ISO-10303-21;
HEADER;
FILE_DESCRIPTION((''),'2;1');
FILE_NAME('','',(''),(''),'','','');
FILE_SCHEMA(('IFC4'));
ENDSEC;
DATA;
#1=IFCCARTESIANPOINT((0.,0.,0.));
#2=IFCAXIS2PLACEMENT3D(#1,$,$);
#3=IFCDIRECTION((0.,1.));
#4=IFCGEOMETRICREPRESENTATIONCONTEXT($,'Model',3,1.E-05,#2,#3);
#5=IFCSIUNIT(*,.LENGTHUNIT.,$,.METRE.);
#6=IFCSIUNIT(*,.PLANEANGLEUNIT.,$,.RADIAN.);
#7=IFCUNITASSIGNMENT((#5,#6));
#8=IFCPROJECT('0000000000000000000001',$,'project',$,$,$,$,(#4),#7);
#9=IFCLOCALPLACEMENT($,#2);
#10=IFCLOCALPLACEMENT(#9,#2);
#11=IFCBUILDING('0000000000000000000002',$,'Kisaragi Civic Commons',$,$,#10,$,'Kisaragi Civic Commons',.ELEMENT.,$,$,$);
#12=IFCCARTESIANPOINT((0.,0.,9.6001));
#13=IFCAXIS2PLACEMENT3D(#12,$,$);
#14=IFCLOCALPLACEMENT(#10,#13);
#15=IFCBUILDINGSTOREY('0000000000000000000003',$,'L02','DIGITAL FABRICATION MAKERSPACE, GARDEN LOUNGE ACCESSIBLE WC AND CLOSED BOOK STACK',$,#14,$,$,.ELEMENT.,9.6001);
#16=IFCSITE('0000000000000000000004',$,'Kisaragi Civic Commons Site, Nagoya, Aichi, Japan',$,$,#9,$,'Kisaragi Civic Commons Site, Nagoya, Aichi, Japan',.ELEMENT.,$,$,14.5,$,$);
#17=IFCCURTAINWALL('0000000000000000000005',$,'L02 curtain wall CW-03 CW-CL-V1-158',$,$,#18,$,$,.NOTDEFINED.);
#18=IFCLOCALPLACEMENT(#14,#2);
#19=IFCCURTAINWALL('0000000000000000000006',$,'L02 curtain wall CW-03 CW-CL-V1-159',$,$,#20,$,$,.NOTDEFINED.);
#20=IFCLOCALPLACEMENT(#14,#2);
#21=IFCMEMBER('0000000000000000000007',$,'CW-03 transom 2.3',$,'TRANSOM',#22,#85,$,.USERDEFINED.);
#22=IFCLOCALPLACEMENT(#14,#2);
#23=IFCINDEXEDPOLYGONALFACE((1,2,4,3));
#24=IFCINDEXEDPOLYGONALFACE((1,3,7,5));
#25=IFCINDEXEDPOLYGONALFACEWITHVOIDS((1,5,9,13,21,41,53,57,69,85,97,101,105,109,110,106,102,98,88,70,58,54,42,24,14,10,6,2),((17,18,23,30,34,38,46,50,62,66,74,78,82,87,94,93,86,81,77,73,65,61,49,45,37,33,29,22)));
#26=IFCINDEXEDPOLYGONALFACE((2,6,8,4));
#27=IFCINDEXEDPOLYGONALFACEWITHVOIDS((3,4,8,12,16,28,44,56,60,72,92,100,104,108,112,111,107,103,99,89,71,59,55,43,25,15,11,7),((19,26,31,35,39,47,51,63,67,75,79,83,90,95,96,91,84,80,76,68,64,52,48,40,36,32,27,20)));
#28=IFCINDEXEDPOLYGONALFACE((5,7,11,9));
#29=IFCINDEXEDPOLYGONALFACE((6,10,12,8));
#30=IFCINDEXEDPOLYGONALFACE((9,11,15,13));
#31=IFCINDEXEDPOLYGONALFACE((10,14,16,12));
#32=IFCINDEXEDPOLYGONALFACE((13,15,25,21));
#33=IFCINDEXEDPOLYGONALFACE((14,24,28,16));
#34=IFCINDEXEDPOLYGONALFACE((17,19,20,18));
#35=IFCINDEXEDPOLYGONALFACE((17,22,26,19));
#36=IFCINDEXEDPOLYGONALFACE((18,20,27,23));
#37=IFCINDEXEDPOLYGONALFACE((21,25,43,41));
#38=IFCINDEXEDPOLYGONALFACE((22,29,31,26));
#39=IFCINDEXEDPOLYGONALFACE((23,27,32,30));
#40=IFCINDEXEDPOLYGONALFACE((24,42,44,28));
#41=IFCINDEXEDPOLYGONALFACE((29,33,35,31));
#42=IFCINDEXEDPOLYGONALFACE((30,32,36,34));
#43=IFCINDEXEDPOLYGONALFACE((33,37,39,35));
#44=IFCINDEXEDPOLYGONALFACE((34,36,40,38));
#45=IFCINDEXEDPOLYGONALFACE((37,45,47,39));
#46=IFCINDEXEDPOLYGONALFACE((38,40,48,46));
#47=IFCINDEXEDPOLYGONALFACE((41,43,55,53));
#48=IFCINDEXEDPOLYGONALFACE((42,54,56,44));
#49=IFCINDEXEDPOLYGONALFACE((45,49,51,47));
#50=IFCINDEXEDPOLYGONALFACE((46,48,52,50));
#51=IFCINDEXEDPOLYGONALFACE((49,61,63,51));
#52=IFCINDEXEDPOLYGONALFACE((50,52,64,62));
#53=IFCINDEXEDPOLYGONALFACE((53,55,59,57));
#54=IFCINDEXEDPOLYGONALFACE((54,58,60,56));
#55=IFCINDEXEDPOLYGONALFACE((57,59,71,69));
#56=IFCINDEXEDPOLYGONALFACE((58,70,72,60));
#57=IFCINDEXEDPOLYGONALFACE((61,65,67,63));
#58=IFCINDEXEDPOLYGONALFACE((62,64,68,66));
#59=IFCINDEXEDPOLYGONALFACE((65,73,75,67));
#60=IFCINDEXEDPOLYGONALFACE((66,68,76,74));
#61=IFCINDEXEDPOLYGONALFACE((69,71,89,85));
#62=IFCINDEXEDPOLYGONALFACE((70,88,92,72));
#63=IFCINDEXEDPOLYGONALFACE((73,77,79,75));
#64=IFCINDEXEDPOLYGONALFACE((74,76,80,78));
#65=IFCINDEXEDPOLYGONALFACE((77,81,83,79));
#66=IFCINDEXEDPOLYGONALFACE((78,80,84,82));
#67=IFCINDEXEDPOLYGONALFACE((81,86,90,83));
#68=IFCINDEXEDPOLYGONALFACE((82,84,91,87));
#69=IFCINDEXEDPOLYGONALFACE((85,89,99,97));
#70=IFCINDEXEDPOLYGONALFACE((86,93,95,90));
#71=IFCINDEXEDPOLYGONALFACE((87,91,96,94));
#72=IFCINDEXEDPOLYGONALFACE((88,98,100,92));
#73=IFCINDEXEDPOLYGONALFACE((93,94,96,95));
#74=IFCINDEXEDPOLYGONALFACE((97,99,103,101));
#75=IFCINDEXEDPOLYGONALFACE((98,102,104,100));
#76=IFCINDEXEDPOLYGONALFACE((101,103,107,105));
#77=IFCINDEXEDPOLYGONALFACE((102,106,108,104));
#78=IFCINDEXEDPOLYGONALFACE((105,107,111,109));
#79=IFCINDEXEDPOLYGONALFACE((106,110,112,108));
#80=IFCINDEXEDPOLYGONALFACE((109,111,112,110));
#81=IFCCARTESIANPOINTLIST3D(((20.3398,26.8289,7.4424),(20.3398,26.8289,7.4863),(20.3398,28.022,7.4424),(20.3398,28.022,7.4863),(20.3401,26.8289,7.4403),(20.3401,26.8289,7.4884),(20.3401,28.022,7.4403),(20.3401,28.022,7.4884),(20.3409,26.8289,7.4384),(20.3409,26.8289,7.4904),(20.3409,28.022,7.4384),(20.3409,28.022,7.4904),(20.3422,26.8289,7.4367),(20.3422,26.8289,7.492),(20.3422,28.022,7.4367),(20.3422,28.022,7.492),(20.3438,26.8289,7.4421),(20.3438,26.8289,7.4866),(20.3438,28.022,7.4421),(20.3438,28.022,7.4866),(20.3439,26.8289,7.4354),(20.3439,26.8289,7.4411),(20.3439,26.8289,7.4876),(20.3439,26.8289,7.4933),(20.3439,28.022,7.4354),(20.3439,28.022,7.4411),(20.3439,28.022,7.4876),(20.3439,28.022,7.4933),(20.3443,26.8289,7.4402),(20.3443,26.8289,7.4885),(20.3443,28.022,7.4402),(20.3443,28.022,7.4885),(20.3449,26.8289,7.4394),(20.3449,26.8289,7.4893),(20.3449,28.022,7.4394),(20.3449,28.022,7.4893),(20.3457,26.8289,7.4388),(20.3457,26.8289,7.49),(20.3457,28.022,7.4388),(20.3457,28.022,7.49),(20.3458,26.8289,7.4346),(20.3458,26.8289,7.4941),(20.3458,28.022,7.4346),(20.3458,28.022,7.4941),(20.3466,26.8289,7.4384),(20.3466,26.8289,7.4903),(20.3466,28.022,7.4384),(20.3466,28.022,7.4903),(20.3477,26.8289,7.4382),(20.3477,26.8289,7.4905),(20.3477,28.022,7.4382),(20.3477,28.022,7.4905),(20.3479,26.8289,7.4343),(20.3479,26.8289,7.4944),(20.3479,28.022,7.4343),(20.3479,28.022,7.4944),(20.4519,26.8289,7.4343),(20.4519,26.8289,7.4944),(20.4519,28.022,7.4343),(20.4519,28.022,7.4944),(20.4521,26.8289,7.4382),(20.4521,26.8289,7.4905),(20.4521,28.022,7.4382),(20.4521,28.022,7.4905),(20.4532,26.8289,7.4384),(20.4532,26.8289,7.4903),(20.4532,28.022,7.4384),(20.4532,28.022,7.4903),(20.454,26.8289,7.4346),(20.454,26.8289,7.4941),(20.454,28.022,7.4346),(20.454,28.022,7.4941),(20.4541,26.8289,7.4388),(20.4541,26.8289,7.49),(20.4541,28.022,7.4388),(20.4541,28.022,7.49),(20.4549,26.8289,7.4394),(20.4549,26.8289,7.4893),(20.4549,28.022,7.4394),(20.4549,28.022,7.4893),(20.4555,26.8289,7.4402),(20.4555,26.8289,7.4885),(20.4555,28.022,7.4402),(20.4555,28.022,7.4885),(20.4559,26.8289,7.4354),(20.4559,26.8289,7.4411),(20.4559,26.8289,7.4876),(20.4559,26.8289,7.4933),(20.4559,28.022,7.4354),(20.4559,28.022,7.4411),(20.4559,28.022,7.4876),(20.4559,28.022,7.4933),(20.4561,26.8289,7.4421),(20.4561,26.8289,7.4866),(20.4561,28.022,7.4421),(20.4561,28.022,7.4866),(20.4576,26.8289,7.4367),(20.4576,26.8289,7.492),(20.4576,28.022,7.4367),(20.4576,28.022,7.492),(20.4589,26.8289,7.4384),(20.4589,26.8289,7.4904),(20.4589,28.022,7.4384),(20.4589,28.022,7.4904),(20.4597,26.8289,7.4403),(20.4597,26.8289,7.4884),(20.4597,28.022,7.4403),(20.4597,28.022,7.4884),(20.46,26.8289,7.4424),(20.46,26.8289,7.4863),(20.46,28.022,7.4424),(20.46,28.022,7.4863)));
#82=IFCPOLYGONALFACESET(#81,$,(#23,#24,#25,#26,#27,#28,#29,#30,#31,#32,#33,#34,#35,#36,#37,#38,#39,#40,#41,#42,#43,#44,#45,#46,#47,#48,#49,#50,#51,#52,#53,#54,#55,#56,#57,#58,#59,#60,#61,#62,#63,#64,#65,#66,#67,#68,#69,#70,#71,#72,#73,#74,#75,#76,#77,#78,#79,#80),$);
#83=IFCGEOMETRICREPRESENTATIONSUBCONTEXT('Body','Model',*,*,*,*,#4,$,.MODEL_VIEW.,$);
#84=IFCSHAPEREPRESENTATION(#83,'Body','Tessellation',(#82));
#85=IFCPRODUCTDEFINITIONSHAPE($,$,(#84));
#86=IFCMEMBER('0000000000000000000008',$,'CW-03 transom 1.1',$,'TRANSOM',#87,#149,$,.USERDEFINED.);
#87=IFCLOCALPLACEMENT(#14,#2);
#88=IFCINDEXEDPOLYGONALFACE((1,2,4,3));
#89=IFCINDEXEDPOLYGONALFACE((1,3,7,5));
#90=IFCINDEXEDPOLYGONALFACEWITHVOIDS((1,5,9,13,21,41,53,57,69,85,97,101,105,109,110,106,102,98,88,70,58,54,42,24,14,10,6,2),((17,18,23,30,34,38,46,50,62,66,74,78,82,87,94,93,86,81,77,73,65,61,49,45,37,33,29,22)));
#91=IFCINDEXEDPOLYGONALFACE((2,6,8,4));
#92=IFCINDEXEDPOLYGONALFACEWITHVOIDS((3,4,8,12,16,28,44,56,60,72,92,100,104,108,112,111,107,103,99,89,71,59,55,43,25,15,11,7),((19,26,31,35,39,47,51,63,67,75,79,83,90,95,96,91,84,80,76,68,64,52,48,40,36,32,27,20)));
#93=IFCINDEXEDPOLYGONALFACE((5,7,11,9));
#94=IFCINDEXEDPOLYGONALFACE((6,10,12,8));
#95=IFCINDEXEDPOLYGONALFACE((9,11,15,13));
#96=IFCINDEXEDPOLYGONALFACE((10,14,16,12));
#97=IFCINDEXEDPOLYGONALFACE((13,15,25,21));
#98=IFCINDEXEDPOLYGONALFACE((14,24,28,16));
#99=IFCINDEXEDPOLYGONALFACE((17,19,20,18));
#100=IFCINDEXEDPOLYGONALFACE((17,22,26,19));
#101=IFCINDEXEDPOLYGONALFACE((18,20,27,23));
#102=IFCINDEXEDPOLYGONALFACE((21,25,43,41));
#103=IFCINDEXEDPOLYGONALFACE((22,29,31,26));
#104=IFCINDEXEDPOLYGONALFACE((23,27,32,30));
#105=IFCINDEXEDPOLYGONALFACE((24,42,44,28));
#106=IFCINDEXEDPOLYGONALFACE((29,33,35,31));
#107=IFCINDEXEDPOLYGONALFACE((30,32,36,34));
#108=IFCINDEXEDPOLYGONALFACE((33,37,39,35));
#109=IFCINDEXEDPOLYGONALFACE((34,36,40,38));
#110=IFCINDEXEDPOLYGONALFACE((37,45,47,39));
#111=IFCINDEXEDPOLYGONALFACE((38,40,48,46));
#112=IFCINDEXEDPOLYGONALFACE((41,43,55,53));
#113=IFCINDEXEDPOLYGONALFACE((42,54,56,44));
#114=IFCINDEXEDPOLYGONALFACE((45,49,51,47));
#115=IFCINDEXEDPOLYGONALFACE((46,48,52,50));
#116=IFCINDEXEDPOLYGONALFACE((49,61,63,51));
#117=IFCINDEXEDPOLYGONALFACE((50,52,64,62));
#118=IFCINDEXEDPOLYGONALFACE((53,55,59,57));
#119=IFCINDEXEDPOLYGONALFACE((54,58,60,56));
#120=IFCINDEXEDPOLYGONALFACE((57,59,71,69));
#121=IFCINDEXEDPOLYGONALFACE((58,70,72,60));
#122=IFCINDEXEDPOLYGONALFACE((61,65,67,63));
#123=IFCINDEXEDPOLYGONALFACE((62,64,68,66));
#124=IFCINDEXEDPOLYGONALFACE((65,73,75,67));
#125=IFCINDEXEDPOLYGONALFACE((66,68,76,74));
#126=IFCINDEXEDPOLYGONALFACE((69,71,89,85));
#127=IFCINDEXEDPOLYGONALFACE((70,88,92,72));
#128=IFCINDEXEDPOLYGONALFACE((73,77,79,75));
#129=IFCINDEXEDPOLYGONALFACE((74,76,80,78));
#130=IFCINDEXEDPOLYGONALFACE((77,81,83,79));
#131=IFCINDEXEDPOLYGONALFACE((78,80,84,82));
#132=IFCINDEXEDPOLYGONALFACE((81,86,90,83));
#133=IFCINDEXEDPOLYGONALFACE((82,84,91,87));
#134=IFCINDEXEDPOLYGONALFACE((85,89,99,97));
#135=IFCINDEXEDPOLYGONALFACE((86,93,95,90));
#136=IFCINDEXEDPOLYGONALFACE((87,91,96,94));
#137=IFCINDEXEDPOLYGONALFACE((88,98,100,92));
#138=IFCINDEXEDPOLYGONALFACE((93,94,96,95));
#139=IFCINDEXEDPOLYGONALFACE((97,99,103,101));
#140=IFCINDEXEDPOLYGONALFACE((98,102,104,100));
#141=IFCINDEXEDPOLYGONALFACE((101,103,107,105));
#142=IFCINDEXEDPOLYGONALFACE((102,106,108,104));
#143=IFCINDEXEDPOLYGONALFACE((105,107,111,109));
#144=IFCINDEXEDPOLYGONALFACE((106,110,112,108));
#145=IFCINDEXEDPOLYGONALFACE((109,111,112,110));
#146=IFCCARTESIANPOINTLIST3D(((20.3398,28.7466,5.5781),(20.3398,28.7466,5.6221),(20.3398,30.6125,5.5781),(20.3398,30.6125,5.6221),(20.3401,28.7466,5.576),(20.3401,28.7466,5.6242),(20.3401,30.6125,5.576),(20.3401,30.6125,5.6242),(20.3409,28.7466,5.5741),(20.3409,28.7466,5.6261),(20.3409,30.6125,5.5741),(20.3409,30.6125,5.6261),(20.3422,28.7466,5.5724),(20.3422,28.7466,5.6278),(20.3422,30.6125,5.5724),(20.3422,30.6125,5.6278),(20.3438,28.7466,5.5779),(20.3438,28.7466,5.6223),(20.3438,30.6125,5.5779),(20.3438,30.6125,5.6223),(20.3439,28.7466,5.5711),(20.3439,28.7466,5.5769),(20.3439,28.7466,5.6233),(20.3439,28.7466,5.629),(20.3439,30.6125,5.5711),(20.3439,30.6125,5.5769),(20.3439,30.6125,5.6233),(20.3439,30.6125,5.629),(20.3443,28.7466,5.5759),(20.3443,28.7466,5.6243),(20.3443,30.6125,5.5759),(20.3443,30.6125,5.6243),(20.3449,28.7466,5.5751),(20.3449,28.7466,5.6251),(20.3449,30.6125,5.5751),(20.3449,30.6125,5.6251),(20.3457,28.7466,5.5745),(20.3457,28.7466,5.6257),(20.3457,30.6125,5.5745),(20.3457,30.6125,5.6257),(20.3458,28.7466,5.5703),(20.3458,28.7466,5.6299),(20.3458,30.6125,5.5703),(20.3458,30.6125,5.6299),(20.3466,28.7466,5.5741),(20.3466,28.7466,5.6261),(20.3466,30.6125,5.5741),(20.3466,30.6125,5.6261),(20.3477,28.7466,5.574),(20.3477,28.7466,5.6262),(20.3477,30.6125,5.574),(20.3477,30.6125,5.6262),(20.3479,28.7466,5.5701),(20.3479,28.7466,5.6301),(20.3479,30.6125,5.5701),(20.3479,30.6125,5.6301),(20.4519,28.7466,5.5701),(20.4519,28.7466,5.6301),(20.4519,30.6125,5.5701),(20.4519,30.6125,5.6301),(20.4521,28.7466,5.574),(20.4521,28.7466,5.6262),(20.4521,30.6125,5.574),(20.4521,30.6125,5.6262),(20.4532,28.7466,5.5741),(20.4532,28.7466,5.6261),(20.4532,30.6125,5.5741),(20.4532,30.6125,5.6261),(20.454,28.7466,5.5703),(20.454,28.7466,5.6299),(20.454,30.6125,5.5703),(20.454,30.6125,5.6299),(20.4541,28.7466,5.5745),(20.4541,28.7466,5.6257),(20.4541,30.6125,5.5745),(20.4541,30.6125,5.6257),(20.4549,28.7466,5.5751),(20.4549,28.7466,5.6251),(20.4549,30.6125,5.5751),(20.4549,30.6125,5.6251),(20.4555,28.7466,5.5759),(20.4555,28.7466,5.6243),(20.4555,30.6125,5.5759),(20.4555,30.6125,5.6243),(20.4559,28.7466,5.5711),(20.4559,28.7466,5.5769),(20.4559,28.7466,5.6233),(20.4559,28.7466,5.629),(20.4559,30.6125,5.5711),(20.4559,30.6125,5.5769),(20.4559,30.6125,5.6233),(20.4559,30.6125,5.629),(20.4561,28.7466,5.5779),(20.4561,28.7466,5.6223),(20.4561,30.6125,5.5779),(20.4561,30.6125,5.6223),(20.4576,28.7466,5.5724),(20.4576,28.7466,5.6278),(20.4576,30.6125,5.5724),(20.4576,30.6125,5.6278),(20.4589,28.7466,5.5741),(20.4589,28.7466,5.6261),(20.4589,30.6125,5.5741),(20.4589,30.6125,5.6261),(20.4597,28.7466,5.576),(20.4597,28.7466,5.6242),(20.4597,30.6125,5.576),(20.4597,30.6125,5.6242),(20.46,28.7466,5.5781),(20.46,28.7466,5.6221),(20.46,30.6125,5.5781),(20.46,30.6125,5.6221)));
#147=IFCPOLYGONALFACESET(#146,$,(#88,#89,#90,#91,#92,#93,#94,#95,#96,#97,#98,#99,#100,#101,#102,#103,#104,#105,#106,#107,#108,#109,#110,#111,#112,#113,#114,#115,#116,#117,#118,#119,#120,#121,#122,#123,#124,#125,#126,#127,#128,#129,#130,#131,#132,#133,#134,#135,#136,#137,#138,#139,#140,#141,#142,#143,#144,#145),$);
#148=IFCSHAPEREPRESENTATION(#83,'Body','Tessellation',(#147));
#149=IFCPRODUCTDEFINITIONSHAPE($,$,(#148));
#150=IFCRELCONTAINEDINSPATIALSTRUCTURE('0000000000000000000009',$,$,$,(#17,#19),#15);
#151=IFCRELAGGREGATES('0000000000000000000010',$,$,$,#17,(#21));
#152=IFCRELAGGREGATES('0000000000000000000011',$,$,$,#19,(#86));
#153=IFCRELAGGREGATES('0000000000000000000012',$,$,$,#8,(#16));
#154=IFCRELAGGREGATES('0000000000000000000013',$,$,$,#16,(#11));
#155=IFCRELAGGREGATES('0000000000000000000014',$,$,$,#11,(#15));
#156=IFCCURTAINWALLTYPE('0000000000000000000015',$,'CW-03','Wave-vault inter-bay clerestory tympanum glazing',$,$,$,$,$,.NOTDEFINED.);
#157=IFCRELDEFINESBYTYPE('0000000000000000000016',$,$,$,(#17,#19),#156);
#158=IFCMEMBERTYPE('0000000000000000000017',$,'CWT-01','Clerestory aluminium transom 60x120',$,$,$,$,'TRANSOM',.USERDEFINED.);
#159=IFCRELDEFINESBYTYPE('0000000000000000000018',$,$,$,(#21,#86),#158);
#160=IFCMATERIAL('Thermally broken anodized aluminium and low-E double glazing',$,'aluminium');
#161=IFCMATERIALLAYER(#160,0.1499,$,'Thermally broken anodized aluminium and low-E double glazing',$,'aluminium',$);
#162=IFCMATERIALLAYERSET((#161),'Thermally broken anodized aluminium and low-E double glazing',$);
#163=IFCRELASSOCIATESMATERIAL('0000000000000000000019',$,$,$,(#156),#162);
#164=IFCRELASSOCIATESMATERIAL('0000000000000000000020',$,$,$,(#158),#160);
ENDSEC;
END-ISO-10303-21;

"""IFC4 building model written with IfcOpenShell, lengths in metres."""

from ifc_helpers import new_model, si_unit, direction, frame, origin, origin_2d, place, context, subcontext, project, spatial, hollow_rectangle, extrude, material, layer, layer_set, material_profile, profile_set, type_object, element, aggregate, save


model = new_model("IFC4")

# Units and contexts
model_context = context("Model", 3, precision=1e-05, world=origin(), true_north=direction((0.0, 1.0)))
body_context = subcontext(model_context, "Body", "Model", "MODEL_VIEW")
ifc_project = project(units=[si_unit("LENGTHUNIT", "METRE"), si_unit("PLANEANGLEUNIT", "RADIAN")], contexts=[model_context])

# Site, building, storey
site_placement = place(None, origin())
site = spatial("IfcSite", under=ifc_project, at=site_placement, Name="Kisaragi Civic Commons Site, Nagoya, Aichi, Japan", LongName="Kisaragi Civic Commons Site, Nagoya, Aichi, Japan", CompositionType="ELEMENT", RefElevation=14.5)
building_placement = place(site_placement, origin())
building = spatial("IfcBuilding", under=site, at=building_placement, Name="Kisaragi Civic Commons", LongName="Kisaragi Civic Commons", CompositionType="ELEMENT")
storey_placement = place(building_placement, frame((0.0, 0.0, 9.6001)))
storey = spatial("IfcBuildingStorey", under=building, at=storey_placement, Name="L02", Description="DIGITAL FABRICATION MAKERSPACE, GARDEN LOUNGE ACCESSIBLE WC AND CLOSED BOOK STACK", CompositionType="ELEMENT", Elevation=9.6001)

# Curtain wall
ifc_material_1 = material(Name="Thermally broken anodized aluminium and low-E double glazing", Category="aluminium")
ifc_layer_1 = layer(ifc_material_1, 0.1499, Name="Thermally broken anodized aluminium and low-E double glazing", Category="aluminium")
ifc_layer_set_1 = layer_set([ifc_layer_1], Name="Thermally broken anodized aluminium and low-E double glazing")
curtain_wall_type = type_object("IfcCurtainWallType", Name="CW-03", Description="Wave-vault inter-bay clerestory tympanum glazing", PredefinedType="NOTDEFINED", material=ifc_layer_set_1)
curtain_wall_1_placement = place(storey_placement, origin())
curtain_wall_1 = element("IfcCurtainWall", 1, at=curtain_wall_1_placement, inside=storey, type_object=curtain_wall_type, Name="L02 curtain wall CW-03 CW-CL-V1-158", PredefinedType="NOTDEFINED")

# Curtain wall
curtain_wall_2_placement = place(storey_placement, origin())
curtain_wall_2 = element("IfcCurtainWall", 2, at=curtain_wall_2_placement, inside=storey, type_object=curtain_wall_type, Name="L02 curtain wall CW-03 CW-CL-V1-159", PredefinedType="NOTDEFINED")

# Members
ifc_material_profile_1 = material_profile(ifc_material_1, hollow_rectangle(XDim=0.1201, YDim=0.0601, WallThickness=0.0039, InnerFilletRadius=0.0039, OuterFilletRadius=0.0081, at=origin_2d()), Name="CWT-60x120x4", Category="aluminium")
ifc_profile_set_1 = profile_set([ifc_material_profile_1], Name="Thermally broken anodized aluminium and low-E double glazing")
member_type_1 = type_object("IfcMemberType", Name="CWT-01", Description="Clerestory aluminium transom 60x120", ElementType="TRANSOM", PredefinedType="USERDEFINED", material=ifc_profile_set_1)
member_1_placement = place(storey_placement, frame((20.3999, 26.8289, 7.4644), z_axis=(0.0, 1.0, 0.0), x_axis=(-1.0, 0.0, 0.0)))
member_1 = element("IfcMember", 3, at=member_1_placement, type_object=member_type_1, Name="CW-03 transom 2.3", ObjectType="TRANSOM", PredefinedType="USERDEFINED", context=body_context, shape_type="SweptSolid", body=[
    extrude(hollow_rectangle(XDim=0.1201, YDim=0.0601, WallThickness=0.0039, InnerFilletRadius=0.0039, OuterFilletRadius=0.0081, at=origin_2d()), origin(), (0.0, 0.0, 1.0), 1.1931),
])
member_2_placement = place(storey_placement, frame((20.3999, 28.7466, 5.6001), z_axis=(0.0, 1.0, 0.0), x_axis=(-1.0, 0.0, 0.0)))
member_2 = element("IfcMember", 4, at=member_2_placement, type_object=member_type_1, Name="CW-03 transom 1.1", ObjectType="TRANSOM", PredefinedType="USERDEFINED", context=body_context, shape_type="SweptSolid", body=[
    extrude(hollow_rectangle(XDim=0.1201, YDim=0.0601, WallThickness=0.0039, InnerFilletRadius=0.0039, OuterFilletRadius=0.0081, at=origin_2d()), origin(), (0.0, 0.0, 1.0), 1.866),
])

aggregate(curtain_wall_1, [member_1])
aggregate(curtain_wall_2, [member_2])

save(model, "model.ifc")
